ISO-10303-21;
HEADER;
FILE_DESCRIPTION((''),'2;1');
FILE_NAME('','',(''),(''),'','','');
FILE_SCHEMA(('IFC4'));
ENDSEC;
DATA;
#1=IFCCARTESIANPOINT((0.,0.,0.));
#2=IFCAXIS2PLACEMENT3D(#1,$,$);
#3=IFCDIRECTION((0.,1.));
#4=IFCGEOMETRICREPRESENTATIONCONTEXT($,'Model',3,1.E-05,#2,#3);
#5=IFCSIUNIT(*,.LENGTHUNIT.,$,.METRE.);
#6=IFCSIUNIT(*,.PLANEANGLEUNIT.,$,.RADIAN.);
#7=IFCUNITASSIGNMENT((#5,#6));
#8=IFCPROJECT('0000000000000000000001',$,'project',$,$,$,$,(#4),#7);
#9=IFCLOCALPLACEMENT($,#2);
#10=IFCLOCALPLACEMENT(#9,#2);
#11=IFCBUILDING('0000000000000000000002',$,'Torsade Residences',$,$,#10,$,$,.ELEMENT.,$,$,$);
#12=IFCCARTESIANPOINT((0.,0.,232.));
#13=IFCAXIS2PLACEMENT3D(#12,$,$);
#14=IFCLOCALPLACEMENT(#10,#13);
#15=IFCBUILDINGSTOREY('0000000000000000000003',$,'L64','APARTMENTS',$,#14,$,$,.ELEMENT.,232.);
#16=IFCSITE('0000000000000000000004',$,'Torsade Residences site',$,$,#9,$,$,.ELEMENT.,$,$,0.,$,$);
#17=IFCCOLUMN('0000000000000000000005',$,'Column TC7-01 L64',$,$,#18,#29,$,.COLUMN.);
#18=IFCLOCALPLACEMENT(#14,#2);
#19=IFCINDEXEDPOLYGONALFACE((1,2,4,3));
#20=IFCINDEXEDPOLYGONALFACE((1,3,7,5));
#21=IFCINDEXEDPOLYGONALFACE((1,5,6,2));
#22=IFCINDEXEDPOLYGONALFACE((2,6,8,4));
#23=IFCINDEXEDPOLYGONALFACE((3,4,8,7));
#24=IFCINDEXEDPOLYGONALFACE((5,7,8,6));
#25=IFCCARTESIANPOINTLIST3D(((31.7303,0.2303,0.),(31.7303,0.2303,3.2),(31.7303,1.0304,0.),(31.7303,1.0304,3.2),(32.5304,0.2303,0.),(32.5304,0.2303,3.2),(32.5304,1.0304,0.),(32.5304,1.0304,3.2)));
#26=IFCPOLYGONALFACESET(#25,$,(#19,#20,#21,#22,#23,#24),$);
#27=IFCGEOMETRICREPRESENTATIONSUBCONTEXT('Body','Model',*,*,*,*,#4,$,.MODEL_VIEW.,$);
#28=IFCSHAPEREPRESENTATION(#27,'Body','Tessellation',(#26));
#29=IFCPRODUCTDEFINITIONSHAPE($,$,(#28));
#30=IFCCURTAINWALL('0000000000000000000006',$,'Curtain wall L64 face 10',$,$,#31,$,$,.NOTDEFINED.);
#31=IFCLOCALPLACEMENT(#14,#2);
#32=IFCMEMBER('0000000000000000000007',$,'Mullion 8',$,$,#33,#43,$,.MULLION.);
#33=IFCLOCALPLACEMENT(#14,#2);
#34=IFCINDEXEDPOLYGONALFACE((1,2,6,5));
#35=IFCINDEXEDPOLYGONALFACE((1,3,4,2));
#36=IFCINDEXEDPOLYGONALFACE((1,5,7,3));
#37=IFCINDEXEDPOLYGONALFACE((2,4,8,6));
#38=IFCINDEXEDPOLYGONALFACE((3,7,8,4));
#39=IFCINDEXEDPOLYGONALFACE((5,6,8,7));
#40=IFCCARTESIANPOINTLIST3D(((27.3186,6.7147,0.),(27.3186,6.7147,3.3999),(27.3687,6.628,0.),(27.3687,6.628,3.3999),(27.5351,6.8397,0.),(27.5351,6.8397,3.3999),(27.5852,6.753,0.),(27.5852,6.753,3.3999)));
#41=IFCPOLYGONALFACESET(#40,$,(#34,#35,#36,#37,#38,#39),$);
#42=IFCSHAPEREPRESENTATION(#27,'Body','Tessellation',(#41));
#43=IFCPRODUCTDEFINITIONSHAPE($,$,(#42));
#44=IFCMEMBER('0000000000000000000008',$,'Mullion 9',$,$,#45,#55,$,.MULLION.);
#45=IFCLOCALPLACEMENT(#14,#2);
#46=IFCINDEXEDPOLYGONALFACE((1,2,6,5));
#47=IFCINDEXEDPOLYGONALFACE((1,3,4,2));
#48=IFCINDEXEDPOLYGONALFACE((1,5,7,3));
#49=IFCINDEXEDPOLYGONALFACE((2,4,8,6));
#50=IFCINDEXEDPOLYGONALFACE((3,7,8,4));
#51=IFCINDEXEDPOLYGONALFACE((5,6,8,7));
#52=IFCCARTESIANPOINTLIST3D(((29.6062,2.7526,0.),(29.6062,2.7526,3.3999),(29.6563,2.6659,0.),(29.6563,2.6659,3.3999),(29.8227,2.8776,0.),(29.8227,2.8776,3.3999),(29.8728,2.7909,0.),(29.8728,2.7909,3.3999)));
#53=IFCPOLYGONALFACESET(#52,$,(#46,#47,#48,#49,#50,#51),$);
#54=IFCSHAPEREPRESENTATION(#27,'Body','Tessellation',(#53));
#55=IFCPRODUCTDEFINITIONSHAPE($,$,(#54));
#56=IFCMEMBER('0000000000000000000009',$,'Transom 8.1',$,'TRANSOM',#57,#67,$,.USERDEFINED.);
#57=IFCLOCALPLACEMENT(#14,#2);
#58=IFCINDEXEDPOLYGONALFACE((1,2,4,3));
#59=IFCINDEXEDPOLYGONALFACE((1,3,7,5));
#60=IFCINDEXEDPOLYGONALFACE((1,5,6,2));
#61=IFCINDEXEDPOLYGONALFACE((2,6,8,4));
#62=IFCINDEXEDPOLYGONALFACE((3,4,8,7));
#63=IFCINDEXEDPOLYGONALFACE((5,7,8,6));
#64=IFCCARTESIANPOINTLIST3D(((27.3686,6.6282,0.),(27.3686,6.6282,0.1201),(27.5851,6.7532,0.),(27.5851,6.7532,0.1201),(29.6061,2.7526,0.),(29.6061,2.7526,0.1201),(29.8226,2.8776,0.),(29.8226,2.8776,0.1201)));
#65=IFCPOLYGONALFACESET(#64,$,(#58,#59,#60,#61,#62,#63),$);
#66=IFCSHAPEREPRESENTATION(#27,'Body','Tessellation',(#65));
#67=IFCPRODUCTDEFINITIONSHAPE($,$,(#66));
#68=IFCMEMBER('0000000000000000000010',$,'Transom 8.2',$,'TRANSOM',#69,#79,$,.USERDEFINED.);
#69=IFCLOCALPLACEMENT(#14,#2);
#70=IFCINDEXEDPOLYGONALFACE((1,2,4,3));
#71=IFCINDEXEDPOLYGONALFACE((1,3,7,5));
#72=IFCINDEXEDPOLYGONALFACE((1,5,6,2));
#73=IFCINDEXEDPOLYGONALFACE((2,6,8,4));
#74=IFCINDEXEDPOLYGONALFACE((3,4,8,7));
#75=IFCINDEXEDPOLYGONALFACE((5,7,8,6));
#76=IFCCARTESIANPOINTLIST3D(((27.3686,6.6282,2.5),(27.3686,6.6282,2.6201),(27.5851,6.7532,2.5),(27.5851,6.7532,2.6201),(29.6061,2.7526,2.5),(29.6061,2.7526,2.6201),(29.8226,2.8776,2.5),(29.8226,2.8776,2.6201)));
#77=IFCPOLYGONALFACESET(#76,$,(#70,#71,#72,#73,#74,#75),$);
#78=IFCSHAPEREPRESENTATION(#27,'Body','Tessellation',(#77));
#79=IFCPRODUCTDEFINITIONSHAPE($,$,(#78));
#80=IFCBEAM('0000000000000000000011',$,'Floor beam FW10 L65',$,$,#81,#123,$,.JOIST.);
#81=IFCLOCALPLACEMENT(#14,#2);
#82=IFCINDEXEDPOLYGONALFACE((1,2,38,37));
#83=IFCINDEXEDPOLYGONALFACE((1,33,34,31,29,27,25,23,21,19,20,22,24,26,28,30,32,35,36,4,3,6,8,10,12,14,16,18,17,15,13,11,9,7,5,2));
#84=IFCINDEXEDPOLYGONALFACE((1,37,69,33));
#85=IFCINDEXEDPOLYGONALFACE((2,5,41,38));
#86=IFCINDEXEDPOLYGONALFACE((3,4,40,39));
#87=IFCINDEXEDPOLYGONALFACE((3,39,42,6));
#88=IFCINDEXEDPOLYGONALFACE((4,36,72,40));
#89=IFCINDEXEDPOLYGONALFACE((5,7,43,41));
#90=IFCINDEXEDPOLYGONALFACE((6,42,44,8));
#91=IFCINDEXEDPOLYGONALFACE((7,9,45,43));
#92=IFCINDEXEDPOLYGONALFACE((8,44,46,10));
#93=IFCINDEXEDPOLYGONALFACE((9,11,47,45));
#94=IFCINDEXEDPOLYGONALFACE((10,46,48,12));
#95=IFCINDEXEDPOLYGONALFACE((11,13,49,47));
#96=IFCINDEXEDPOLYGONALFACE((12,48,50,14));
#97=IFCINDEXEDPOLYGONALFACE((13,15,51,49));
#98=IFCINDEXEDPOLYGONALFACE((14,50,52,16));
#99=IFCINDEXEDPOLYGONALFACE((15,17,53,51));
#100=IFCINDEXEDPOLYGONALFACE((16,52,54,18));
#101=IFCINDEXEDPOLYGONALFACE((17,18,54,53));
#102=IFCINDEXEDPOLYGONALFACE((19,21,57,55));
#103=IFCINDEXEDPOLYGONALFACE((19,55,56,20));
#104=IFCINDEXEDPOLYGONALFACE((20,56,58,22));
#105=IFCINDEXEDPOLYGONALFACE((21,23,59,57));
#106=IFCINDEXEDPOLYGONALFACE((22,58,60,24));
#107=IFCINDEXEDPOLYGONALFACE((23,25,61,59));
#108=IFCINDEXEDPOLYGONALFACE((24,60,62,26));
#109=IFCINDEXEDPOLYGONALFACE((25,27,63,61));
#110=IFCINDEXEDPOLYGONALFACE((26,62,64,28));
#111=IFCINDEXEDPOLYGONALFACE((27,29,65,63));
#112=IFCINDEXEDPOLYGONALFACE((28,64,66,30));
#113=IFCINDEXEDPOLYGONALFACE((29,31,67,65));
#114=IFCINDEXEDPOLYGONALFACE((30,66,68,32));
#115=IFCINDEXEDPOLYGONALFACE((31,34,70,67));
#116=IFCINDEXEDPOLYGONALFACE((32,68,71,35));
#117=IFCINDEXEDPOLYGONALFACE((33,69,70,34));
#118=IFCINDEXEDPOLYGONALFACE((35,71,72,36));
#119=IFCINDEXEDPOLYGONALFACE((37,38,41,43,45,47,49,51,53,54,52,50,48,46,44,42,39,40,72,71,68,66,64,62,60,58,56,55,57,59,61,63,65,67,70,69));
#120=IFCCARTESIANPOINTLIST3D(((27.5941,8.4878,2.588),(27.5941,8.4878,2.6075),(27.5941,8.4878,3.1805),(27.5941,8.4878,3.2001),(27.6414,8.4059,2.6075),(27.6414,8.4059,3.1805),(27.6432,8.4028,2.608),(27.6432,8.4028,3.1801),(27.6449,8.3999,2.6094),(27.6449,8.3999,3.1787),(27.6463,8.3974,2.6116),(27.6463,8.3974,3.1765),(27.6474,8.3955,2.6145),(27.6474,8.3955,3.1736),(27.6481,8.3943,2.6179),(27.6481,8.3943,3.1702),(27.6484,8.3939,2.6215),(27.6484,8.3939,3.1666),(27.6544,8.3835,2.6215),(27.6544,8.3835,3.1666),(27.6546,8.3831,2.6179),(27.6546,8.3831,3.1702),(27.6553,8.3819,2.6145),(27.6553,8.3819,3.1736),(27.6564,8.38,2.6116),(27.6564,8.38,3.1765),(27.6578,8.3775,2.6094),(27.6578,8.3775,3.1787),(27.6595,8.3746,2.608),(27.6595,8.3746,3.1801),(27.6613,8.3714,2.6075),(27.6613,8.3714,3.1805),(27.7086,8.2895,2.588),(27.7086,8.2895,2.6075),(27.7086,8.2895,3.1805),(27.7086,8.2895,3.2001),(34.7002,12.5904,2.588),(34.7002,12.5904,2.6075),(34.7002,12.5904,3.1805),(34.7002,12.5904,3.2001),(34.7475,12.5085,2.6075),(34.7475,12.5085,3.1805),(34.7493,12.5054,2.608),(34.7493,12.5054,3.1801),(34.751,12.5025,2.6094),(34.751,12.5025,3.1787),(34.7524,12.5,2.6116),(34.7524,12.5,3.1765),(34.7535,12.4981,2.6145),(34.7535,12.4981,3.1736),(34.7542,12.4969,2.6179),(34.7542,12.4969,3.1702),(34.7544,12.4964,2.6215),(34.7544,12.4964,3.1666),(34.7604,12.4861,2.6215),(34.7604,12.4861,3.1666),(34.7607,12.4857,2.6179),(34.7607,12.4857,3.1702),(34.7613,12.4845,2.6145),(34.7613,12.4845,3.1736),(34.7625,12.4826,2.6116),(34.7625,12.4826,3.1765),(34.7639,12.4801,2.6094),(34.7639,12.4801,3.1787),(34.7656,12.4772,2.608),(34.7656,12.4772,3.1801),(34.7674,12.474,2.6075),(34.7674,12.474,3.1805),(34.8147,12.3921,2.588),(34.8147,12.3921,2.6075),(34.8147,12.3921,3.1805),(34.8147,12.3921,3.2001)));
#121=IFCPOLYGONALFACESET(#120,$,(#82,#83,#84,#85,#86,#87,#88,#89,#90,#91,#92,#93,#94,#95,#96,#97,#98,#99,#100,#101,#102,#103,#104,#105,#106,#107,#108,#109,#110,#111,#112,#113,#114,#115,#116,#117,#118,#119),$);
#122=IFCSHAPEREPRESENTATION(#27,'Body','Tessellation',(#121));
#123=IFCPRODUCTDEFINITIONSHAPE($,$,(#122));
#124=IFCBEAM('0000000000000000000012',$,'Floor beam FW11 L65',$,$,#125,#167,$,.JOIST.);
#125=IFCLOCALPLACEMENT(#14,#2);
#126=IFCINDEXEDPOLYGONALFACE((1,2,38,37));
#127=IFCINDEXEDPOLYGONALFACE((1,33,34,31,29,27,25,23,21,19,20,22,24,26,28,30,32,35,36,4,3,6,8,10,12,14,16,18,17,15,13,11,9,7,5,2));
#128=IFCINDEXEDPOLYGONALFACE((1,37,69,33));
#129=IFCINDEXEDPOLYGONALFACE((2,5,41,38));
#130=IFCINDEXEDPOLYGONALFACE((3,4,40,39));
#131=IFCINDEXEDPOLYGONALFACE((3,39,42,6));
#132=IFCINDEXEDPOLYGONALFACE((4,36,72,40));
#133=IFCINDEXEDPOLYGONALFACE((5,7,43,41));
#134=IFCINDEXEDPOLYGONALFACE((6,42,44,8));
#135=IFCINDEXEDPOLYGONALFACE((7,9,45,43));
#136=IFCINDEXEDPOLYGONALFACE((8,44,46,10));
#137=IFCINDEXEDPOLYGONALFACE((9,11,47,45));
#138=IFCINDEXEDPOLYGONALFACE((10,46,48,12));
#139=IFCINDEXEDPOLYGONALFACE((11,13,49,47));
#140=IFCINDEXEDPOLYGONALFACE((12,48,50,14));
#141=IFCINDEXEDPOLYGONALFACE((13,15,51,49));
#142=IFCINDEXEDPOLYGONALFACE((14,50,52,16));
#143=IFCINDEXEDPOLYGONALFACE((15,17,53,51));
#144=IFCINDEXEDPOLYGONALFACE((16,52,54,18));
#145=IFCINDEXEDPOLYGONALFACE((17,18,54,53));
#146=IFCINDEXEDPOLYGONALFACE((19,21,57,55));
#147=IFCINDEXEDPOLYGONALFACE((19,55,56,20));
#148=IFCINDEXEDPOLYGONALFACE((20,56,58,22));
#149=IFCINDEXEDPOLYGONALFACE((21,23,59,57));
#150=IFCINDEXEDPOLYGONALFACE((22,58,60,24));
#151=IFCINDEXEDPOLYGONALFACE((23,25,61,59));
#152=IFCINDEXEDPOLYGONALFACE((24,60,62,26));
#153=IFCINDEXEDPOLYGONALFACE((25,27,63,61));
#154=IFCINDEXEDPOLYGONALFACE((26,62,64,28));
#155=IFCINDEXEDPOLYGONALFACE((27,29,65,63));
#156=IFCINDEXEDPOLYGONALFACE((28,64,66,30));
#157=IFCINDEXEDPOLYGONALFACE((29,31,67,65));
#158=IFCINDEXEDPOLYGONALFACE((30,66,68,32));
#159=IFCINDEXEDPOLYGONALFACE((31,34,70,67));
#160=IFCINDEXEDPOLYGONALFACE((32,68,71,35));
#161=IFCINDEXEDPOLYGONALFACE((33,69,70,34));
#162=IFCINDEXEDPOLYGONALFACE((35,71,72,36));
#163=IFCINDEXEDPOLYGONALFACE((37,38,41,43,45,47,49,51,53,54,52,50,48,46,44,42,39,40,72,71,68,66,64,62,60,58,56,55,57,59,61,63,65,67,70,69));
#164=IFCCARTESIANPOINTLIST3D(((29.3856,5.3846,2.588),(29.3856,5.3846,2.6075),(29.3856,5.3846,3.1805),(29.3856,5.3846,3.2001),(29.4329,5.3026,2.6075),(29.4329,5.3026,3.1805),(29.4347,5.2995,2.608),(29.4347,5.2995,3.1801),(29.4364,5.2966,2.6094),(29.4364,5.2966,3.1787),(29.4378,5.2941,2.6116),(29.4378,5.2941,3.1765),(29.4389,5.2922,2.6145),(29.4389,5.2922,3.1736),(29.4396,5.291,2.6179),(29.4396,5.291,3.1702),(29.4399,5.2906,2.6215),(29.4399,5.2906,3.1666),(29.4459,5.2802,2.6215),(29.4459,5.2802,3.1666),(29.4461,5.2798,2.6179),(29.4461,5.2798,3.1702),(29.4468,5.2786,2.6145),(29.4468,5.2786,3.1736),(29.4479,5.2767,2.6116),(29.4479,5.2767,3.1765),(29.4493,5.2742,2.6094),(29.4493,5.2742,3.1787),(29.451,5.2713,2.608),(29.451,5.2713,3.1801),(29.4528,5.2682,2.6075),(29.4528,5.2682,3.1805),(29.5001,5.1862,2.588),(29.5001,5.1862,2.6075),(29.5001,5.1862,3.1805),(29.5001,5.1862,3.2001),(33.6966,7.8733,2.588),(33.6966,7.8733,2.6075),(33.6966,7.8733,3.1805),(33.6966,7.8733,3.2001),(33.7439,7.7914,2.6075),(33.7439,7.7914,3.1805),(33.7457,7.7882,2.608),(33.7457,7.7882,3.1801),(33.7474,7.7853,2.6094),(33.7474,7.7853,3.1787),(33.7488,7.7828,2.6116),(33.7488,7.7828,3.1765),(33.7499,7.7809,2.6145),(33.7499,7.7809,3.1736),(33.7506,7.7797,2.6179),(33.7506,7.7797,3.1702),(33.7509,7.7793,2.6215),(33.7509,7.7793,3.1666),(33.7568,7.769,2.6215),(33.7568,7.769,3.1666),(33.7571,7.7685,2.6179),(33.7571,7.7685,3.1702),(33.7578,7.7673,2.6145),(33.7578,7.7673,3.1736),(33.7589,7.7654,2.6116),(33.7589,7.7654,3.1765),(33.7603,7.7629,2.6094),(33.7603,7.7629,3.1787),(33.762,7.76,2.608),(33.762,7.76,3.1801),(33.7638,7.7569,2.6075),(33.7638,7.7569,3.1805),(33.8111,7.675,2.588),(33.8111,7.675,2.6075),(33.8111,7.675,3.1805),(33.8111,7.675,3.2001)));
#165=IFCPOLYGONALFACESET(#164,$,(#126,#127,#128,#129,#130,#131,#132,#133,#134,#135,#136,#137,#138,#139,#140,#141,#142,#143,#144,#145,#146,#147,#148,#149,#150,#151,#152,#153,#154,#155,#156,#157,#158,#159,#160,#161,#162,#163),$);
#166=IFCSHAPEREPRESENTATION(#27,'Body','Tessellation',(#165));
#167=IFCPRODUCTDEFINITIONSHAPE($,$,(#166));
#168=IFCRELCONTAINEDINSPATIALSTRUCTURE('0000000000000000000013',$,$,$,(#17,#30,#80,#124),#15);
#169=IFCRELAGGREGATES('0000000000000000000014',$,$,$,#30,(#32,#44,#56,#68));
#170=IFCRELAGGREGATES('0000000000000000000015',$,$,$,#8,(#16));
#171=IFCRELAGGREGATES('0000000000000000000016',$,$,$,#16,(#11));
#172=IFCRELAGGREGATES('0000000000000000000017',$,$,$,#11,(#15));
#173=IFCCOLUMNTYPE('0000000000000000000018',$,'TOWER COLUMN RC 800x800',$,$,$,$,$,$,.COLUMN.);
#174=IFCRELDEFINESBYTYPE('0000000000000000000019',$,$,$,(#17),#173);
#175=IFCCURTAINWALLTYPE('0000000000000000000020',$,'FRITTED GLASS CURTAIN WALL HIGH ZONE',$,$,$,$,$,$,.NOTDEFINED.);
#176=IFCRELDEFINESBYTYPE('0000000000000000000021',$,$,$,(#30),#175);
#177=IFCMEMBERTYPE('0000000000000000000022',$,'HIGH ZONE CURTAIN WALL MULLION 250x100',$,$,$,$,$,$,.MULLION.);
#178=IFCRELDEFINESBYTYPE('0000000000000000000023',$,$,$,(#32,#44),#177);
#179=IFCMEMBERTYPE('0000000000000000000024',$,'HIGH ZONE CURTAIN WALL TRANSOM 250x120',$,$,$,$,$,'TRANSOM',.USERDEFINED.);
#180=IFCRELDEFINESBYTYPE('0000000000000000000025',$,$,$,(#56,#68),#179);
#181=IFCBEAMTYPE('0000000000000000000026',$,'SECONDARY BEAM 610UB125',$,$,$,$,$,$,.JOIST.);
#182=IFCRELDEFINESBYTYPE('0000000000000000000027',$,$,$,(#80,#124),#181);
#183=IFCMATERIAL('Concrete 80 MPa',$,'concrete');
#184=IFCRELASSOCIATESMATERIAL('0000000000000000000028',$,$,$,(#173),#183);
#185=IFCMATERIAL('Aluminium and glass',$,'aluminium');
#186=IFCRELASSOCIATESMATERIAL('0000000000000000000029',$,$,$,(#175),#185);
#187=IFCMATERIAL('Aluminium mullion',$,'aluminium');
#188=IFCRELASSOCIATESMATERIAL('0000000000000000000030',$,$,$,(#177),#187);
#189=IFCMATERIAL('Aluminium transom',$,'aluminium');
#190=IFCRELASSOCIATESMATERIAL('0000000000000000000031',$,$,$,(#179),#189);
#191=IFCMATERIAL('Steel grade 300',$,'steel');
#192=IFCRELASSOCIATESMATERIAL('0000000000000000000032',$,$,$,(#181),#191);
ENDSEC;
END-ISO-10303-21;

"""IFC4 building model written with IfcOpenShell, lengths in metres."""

from ifc_helpers import new_model, si_unit, direction, frame, origin, origin_2d, place, context, subcontext, project, spatial, rectangle, i_section, extrude, material, material_profile, profile_set, type_object, element, aggregate, save


model = new_model("IFC4")

# Units and contexts
model_context = context("Model", 3, precision=1e-05, world=origin(), true_north=direction((0.0, 1.0)))
body_context = subcontext(model_context, "Body", "Model", "MODEL_VIEW")
ifc_project = project(units=[si_unit("LENGTHUNIT", "METRE"), si_unit("PLANEANGLEUNIT", "RADIAN")], contexts=[model_context])

# Site, building, storey
site_placement = place(None, origin())
site = spatial("IfcSite", under=ifc_project, at=site_placement, Name="Torsade Residences site", CompositionType="ELEMENT", RefElevation=0.0)
building_placement = place(site_placement, origin())
building = spatial("IfcBuilding", under=site, at=building_placement, Name="Torsade Residences", CompositionType="ELEMENT")
storey_placement = place(building_placement, frame((0.0, 0.0, 232.0)))
storey = spatial("IfcBuildingStorey", under=building, at=storey_placement, Name="L64", Description="APARTMENTS", CompositionType="ELEMENT", Elevation=232.0)

# Column
ifc_material_1 = material(Name="Concrete 80 MPa", Category="concrete")
ifc_material_profile_1 = material_profile(ifc_material_1, rectangle(XDim=0.8, YDim=0.8, at=origin_2d()), Name="RC 800x800")
ifc_profile_set_1 = profile_set([ifc_material_profile_1], Name="Concrete 80 MPa")
column_type = type_object("IfcColumnType", Name="TOWER COLUMN RC 800x800", PredefinedType="COLUMN", material=ifc_profile_set_1)
column_placement = place(storey_placement, frame((32.1304, 0.6304, 0.0), z_axis=(0.0, 0.0, 1.0), x_axis=(1.0, 0.0, 0.0)))
element("IfcColumn", 1, at=column_placement, inside=storey, type_object=column_type, Name="Column TC7-01 L64", PredefinedType="COLUMN", context=body_context, shape_type="SweptSolid", body=[
    extrude(rectangle(XDim=0.8, YDim=0.8, at=origin_2d()), origin(), (0.0, 0.0, 1.0), 3.2),
])

# Curtain wall, members
ifc_material_2 = material(Name="Aluminium and glass", Category="aluminium")
curtain_wall_type = type_object("IfcCurtainWallType", Name="FRITTED GLASS CURTAIN WALL HIGH ZONE", PredefinedType="NOTDEFINED", material=ifc_material_2)
curtain_wall_placement = place(storey_placement, origin())
curtain_wall = element("IfcCurtainWall", 2, at=curtain_wall_placement, inside=storey, type_object=curtain_wall_type, Name="Curtain wall L64 face 10", PredefinedType="NOTDEFINED")
ifc_material_3 = material(Name="Aluminium mullion", Category="aluminium")
ifc_material_profile_2 = material_profile(ifc_material_3, rectangle(XDim=0.25, YDim=0.1001, at=origin_2d()), Name="HIGH ZONE CURTAIN WALL MULLION 250x100")
ifc_profile_set_2 = profile_set([ifc_material_profile_2], Name="Aluminium mullion")
member_type_1 = type_object("IfcMemberType", Name="HIGH ZONE CURTAIN WALL MULLION 250x100", PredefinedType="MULLION", material=ifc_profile_set_2)
member_1_placement = place(storey_placement, frame((27.4519, 6.7339, 0.0), z_axis=(0.0, 0.0, 1.0), x_axis=(0.866025, 0.5, 0.0)))
member_1 = element("IfcMember", 3, at=member_1_placement, type_object=member_type_1, Name="Mullion 8", PredefinedType="MULLION", context=body_context, shape_type="SweptSolid", body=[
    extrude(rectangle(XDim=0.25, YDim=0.1001, at=origin_2d()), origin(), (0.0, 0.0, 1.0), 3.3999),
])
member_2_placement = place(storey_placement, frame((29.7395, 2.7717, 0.0), z_axis=(0.0, 0.0, 1.0), x_axis=(0.866025, 0.5, 0.0)))
member_2 = element("IfcMember", 4, at=member_2_placement, type_object=member_type_1, Name="Mullion 9", PredefinedType="MULLION", context=body_context, shape_type="SweptSolid", body=[
    extrude(rectangle(XDim=0.25, YDim=0.1001, at=origin_2d()), origin(), (0.0, 0.0, 1.0), 3.3999),
])
ifc_material_4 = material(Name="Aluminium transom", Category="aluminium")
ifc_material_profile_3 = material_profile(ifc_material_4, rectangle(XDim=0.25, YDim=0.1201, at=origin_2d()), Name="HIGH ZONE CURTAIN WALL TRANSOM 250x120")
ifc_profile_set_3 = profile_set([ifc_material_profile_3], Name="Aluminium transom")
member_type_2 = type_object("IfcMemberType", Name="HIGH ZONE CURTAIN WALL TRANSOM 250x120", ElementType="TRANSOM", PredefinedType="USERDEFINED", material=ifc_profile_set_3)
member_3_placement = place(storey_placement, frame((27.4768, 6.6907, 0.0601), z_axis=(0.500006, -0.866022, 0.0), x_axis=(0.866022, 0.500006, 0.0)))
member_3 = element("IfcMember", 5, at=member_3_placement, type_object=member_type_2, Name="Transom 8.1", ObjectType="TRANSOM", PredefinedType="USERDEFINED", context=body_context, shape_type="SweptSolid", body=[
    extrude(rectangle(XDim=0.25, YDim=0.1201, at=origin_2d()), origin(), (0.0, 0.0, 1.0), 4.4751),
])
member_4_placement = place(storey_placement, frame((27.4768, 6.6907, 2.5601), z_axis=(0.500006, -0.866022, 0.0), x_axis=(0.866022, 0.500006, 0.0)))
member_4 = element("IfcMember", 6, at=member_4_placement, type_object=member_type_2, Name="Transom 8.2", ObjectType="TRANSOM", PredefinedType="USERDEFINED", context=body_context, shape_type="SweptSolid", body=[
    extrude(rectangle(XDim=0.25, YDim=0.1201, at=origin_2d()), origin(), (0.0, 0.0, 1.0), 4.4751),
])

# Beams
ifc_material_5 = material(Name="Steel grade 300", Category="steel")
ifc_material_profile_4 = material_profile(ifc_material_5, i_section(OverallWidth=0.229, OverallDepth=0.6121, WebThickness=0.012, FlangeThickness=0.0195, FilletRadius=0.0139, at=origin_2d()), Name="610UB125")
ifc_profile_set_4 = profile_set([ifc_material_profile_4], Name="Steel grade 300")
beam_type_1 = type_object("IfcBeamType", Name="SECONDARY BEAM 610UB125", PredefinedType="JOIST", material=ifc_profile_set_4)
beam_1_placement = place(storey_placement, frame((27.6514, 8.3887, 2.894), z_axis=(0.86603, 0.499992, 0.0), x_axis=(-0.499992, 0.86603, 0.0)))
element("IfcBeam", 7, at=beam_1_placement, inside=storey, type_object=beam_type_1, Name="Floor beam FW10 L65", PredefinedType="JOIST", context=body_context, shape_type="SweptSolid", body=[
    extrude(i_section(OverallWidth=0.229, OverallDepth=0.6121, WebThickness=0.012, FlangeThickness=0.0195, FilletRadius=0.0139, at=origin_2d()), origin(), (0.0, 0.0, 1.0), 8.2053),
])
beam_2_placement = place(storey_placement, frame((29.4429, 5.2854, 2.894), z_axis=(0.866043, 0.499969, 0.0), x_axis=(-0.499969, 0.866043, 0.0)))
element("IfcBeam", 8, at=beam_2_placement, inside=storey, type_object=beam_type_1, Name="Floor beam FW11 L65", PredefinedType="JOIST", context=body_context, shape_type="SweptSolid", body=[
    extrude(i_section(OverallWidth=0.229, OverallDepth=0.6121, WebThickness=0.012, FlangeThickness=0.0195, FilletRadius=0.0139, at=origin_2d()), origin(), (0.0, 0.0, 1.0), 4.9778),
])

aggregate(curtain_wall, [member_1, member_2, member_3, member_4])

save(model, "model.ifc")
